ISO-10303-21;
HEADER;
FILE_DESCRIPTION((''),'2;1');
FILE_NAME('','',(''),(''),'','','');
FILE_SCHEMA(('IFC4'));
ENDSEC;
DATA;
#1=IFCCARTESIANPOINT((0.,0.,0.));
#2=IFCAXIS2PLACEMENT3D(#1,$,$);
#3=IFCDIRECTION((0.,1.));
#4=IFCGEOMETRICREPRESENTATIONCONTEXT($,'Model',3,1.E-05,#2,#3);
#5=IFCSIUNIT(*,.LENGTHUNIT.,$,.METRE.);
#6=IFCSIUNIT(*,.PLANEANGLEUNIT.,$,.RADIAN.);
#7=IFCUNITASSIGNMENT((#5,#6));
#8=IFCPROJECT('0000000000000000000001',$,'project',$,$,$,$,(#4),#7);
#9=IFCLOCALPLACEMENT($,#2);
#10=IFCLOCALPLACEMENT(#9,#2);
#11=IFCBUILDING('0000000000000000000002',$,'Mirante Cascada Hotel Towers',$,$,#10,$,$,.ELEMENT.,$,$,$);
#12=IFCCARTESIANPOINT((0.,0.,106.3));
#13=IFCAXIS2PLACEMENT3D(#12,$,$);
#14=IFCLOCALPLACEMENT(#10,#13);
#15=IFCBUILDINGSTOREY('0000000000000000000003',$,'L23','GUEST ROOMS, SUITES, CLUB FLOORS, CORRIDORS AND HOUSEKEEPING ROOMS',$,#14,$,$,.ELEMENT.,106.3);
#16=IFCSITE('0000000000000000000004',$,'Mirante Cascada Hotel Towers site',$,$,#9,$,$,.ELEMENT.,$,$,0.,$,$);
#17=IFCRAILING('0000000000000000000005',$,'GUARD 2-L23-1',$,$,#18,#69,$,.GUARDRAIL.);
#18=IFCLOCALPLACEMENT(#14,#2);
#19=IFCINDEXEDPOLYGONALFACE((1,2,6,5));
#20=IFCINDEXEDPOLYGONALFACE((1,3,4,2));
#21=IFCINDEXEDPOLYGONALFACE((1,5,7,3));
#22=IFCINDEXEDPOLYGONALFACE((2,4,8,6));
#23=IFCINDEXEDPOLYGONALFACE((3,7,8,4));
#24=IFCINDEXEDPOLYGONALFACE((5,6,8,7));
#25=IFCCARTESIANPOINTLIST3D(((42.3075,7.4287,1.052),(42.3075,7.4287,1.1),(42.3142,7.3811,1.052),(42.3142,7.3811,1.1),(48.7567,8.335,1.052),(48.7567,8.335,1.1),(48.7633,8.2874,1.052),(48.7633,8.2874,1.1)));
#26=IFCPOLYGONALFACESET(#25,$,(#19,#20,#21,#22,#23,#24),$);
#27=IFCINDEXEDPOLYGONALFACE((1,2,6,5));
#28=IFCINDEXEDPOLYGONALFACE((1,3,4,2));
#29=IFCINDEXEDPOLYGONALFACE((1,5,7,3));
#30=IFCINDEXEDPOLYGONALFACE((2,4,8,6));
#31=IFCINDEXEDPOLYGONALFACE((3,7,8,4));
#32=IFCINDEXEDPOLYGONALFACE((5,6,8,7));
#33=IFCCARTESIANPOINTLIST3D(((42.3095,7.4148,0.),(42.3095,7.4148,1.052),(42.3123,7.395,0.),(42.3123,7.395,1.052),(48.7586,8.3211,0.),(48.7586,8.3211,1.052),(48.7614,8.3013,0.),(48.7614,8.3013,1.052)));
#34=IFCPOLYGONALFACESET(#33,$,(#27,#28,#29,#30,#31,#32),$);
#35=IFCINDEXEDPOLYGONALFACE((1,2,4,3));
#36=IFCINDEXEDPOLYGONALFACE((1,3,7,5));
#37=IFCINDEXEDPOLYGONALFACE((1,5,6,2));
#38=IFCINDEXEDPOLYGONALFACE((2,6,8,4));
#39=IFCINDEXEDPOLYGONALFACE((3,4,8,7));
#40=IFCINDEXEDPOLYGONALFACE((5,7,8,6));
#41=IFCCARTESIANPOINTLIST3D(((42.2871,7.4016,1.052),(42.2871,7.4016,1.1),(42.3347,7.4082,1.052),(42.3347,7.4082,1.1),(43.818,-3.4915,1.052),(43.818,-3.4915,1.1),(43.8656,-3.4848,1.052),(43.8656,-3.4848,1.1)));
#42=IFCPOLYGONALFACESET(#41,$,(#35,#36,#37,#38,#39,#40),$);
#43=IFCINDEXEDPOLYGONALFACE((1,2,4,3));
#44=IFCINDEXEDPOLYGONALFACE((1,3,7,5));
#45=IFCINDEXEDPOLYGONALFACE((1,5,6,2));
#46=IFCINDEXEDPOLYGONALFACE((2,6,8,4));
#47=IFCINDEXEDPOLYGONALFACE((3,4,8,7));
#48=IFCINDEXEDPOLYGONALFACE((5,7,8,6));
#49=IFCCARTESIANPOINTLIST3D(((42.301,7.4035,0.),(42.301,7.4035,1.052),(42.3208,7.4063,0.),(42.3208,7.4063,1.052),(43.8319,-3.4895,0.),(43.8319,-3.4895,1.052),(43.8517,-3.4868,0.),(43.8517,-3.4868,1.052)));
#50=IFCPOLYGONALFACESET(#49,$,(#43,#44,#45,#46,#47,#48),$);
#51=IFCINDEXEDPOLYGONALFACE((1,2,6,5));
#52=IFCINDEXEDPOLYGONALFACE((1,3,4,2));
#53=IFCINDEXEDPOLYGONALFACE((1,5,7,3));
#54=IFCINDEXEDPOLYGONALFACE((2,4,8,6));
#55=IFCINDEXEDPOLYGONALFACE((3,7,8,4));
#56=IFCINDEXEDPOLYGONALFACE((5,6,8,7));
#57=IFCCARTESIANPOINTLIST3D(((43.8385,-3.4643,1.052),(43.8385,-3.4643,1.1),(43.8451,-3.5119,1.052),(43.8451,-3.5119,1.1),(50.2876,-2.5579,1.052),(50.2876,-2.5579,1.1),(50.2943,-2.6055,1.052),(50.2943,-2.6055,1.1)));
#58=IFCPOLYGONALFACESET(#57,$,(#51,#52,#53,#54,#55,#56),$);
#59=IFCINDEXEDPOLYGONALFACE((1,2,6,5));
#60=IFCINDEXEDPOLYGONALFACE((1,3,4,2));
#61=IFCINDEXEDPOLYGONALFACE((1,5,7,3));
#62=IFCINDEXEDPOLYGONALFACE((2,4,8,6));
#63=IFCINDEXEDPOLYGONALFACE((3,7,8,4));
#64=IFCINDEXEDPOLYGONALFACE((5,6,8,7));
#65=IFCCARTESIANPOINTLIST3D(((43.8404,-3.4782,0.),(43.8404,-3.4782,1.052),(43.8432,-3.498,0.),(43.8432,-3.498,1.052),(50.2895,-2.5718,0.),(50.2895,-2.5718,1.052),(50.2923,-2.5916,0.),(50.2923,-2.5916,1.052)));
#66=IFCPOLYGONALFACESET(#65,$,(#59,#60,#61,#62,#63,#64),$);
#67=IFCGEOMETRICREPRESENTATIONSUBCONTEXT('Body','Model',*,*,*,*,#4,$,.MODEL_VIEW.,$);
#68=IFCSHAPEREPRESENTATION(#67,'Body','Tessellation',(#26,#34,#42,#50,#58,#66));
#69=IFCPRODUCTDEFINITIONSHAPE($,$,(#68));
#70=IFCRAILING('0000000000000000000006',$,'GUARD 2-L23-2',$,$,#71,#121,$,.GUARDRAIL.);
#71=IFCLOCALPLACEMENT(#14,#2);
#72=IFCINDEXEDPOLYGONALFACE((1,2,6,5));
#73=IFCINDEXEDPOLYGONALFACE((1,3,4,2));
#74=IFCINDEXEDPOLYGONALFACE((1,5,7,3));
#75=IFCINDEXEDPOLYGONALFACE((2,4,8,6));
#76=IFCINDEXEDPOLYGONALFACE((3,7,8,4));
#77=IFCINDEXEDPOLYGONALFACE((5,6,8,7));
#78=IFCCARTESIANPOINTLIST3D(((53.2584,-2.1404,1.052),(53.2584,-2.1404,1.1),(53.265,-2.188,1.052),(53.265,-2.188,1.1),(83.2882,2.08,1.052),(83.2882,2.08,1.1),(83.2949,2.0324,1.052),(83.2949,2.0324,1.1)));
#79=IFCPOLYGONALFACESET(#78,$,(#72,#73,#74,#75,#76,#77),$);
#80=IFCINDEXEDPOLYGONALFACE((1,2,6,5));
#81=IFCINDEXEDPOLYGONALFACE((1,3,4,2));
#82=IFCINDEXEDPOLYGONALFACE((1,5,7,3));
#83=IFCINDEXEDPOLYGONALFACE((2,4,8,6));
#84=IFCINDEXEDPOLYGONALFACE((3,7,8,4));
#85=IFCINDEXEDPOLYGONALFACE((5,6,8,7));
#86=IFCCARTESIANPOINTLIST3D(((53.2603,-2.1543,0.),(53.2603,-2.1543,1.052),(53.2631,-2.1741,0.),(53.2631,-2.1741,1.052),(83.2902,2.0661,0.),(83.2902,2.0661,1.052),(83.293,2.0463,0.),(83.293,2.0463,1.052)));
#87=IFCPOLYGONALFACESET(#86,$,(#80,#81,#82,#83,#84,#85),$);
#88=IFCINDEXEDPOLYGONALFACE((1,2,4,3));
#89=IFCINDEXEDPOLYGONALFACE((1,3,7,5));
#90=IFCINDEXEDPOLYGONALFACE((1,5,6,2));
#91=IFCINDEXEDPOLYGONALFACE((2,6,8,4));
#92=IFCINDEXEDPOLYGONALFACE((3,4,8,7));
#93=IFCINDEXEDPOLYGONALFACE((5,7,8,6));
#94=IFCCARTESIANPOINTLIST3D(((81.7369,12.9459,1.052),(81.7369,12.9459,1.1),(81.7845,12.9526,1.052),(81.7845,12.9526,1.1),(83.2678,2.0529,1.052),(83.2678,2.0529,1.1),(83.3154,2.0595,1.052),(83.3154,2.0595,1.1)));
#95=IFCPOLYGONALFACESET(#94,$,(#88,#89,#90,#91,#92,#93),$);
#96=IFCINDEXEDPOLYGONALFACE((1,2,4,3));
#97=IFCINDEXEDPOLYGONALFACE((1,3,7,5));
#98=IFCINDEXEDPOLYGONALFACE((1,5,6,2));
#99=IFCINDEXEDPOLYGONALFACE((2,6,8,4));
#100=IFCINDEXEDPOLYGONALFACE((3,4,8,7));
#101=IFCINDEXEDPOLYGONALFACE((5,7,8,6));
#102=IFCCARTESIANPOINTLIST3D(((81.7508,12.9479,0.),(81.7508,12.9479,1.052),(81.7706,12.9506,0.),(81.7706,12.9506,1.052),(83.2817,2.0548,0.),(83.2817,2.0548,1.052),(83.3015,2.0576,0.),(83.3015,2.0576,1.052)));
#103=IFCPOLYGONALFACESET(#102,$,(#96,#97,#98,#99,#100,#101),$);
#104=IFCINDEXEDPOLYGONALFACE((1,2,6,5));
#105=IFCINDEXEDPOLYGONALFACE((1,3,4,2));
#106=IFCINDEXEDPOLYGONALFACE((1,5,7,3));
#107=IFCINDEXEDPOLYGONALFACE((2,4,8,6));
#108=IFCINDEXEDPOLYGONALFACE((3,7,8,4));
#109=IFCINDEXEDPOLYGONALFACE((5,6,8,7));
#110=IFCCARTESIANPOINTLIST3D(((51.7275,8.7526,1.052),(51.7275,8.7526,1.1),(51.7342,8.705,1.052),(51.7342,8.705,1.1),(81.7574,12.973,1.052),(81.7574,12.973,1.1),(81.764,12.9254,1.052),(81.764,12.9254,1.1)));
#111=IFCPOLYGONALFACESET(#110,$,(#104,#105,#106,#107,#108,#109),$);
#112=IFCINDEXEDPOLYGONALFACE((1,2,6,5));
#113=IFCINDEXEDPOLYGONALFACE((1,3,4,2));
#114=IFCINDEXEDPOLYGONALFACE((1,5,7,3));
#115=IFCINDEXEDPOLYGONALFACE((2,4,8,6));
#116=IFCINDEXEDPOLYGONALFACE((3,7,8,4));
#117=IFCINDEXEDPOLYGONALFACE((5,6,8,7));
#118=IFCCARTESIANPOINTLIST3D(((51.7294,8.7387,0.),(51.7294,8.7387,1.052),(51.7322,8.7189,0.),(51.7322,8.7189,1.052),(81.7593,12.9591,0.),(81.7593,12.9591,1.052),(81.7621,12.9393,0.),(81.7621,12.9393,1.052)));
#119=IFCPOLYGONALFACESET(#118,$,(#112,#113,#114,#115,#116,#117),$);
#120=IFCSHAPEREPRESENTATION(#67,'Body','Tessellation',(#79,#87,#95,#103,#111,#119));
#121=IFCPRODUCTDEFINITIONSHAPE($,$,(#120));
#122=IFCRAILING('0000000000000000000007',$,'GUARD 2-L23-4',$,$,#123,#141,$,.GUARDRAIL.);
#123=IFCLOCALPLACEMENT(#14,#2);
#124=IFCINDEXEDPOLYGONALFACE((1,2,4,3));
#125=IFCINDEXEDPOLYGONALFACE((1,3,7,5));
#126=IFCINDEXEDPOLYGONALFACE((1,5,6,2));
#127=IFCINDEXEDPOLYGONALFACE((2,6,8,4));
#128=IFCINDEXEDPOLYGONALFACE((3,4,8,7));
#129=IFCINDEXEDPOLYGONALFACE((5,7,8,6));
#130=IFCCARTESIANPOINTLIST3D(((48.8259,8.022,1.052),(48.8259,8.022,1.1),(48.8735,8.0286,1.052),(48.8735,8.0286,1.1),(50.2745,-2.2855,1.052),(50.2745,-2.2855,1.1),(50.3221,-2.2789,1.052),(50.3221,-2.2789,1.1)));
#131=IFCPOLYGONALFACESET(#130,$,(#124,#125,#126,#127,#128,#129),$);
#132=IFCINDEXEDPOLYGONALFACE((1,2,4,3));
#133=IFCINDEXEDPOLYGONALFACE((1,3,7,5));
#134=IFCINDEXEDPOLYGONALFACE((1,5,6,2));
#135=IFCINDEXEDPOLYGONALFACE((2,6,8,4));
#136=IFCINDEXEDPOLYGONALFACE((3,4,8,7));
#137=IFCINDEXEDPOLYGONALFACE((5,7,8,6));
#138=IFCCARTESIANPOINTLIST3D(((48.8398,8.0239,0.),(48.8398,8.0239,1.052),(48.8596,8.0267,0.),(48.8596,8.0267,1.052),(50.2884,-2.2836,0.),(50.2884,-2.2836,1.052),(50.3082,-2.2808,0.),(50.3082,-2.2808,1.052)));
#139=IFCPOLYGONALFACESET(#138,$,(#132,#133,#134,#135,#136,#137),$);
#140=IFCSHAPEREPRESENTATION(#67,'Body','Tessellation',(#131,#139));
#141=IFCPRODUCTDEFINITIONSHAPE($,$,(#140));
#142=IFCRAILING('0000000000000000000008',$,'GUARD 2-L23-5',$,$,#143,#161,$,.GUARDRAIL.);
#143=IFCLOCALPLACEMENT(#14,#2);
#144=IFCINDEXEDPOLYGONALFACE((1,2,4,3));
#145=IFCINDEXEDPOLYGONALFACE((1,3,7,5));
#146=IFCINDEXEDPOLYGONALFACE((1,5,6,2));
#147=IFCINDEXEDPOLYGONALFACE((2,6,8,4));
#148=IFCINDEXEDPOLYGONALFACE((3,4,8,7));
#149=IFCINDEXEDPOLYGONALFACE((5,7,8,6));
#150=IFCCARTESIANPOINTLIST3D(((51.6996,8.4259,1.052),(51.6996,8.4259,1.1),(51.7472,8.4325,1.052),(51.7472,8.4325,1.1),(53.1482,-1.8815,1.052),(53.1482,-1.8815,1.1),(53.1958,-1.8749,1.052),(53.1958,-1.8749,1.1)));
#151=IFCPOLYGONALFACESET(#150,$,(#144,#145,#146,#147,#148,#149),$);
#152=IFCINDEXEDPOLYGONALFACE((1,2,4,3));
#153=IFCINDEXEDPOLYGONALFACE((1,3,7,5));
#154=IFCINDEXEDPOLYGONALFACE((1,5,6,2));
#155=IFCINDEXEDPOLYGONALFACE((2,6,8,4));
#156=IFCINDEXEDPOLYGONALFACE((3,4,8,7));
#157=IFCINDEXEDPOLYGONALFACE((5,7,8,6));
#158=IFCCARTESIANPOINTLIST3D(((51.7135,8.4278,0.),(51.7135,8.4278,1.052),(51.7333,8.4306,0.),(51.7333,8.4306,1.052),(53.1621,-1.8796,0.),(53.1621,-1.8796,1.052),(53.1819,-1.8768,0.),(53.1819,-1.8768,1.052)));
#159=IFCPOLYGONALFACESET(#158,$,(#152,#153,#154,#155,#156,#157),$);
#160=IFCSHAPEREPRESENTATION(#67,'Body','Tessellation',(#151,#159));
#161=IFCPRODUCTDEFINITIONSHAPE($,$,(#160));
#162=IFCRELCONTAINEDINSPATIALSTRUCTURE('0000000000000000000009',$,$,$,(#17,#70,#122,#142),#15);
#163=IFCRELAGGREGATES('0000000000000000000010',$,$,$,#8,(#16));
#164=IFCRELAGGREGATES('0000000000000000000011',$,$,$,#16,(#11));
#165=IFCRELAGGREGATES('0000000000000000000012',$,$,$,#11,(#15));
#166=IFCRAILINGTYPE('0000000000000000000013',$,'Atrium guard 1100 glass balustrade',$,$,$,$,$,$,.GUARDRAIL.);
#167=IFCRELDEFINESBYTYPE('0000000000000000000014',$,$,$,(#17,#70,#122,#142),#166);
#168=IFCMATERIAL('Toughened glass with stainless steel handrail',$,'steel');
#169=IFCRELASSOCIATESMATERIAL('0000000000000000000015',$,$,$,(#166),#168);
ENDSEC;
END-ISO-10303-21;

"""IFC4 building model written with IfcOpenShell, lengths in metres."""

from ifc_helpers import new_model, si_unit, direction, frame, origin, origin_2d, place, context, subcontext, project, spatial, rectangle, extrude, material, type_object, element, save


model = new_model("IFC4")

# Units and contexts
model_context = context("Model", 3, precision=1e-05, world=origin(), true_north=direction((0.0, 1.0)))
body_context = subcontext(model_context, "Body", "Model", "MODEL_VIEW")
ifc_project = project(units=[si_unit("LENGTHUNIT", "METRE"), si_unit("PLANEANGLEUNIT", "RADIAN")], contexts=[model_context])

# Site, building, storey
site_placement = place(None, origin())
site = spatial("IfcSite", under=ifc_project, at=site_placement, Name="Mirante Cascada Hotel Towers site", CompositionType="ELEMENT", RefElevation=0.0)
building_placement = place(site_placement, origin())
building = spatial("IfcBuilding", under=site, at=building_placement, Name="Mirante Cascada Hotel Towers", CompositionType="ELEMENT")
storey_placement = place(building_placement, frame((0.0, 0.0, 106.3)))
storey = spatial("IfcBuildingStorey", under=building, at=storey_placement, Name="L23", Description="GUEST ROOMS, SUITES, CLUB FLOORS, CORRIDORS AND HOUSEKEEPING ROOMS", CompositionType="ELEMENT", Elevation=106.3)

# Railings
ifc_material_1 = material(Name="Toughened glass with stainless steel handrail", Category="steel")
railing_type = type_object("IfcRailingType", Name="Atrium guard 1100 glass balustrade", PredefinedType="GUARDRAIL", material=ifc_material_1)
railing_1_placement = place(storey_placement, frame((48.76, 8.3112, 0.0)))
element("IfcRailing", 1, at=railing_1_placement, inside=storey, type_object=railing_type, Name="GUARD 2-L23-1", PredefinedType="GUARDRAIL", context=body_context, shape_type="SweptSolid", body=[
    extrude(rectangle(XDim=0.048, YDim=0.048, at=origin_2d()), frame((0.0, 0.0, 1.076), z_axis=(-0.990269, -0.139164, 0.0), x_axis=(0.139164, -0.990269, 0.0)), (0.0, 0.0, 1.0), 6.5125),
    extrude(rectangle(XDim=0.02, YDim=1.052, at=origin_2d()), frame((0.0, 0.0, 0.526), z_axis=(-0.990269, -0.139164, 0.0), x_axis=(0.139164, -0.990269, 0.0)), (0.0, 0.0, 1.0), 6.5125),
    extrude(rectangle(XDim=0.048, YDim=0.048, at=origin_2d()), frame((-6.4491, -0.9063, 1.076), z_axis=(0.139172, -0.990268, 0.0), x_axis=(0.990268, 0.139172, 0.0)), (0.0, 0.0, 1.0), 11.0001),
    extrude(rectangle(XDim=0.02, YDim=1.052, at=origin_2d()), frame((-6.4491, -0.9063, 0.526), z_axis=(0.139172, -0.990268, 0.0), x_axis=(0.990268, 0.139172, 0.0)), (0.0, 0.0, 1.0), 11.0001),
    extrude(rectangle(XDim=0.048, YDim=0.048, at=origin_2d()), frame((-4.9182, -11.7993, 1.076), z_axis=(0.990267, 0.139179, 0.0), x_axis=(-0.139179, 0.990267, 0.0)), (0.0, 0.0, 1.0), 6.5125),
    extrude(rectangle(XDim=0.02, YDim=1.052, at=origin_2d()), frame((-4.9182, -11.7993, 0.526), z_axis=(0.990267, 0.139179, 0.0), x_axis=(-0.139179, 0.990267, 0.0)), (0.0, 0.0, 1.0), 6.5125),
])
railing_2_placement = place(storey_placement, frame((53.2617, -2.1642, 0.0)))
element("IfcRailing", 2, at=railing_2_placement, inside=storey, type_object=railing_type, Name="GUARD 2-L23-2", PredefinedType="GUARDRAIL", context=body_context, shape_type="SweptSolid", body=[
    extrude(rectangle(XDim=0.048, YDim=0.048, at=origin_2d()), frame((0.0, 0.0, 1.076), z_axis=(0.990268, 0.139172, 0.0), x_axis=(-0.139172, 0.990268, 0.0)), (0.0, 0.0, 1.0), 30.325),
    extrude(rectangle(XDim=0.02, YDim=1.052, at=origin_2d()), frame((0.0, 0.0, 0.526), z_axis=(0.990268, 0.139172, 0.0), x_axis=(-0.139172, 0.990268, 0.0)), (0.0, 0.0, 1.0), 30.325),
    extrude(rectangle(XDim=0.048, YDim=0.048, at=origin_2d()), frame((30.0299, 4.2204, 1.076), z_axis=(-0.139172, 0.990268, 0.0), x_axis=(-0.990268, -0.139172, 0.0)), (0.0, 0.0, 1.0), 11.0001),
    extrude(rectangle(XDim=0.02, YDim=1.052, at=origin_2d()), frame((30.0299, 4.2204, 0.526), z_axis=(-0.139172, 0.990268, 0.0), x_axis=(-0.990268, -0.139172, 0.0)), (0.0, 0.0, 1.0), 11.0001),
    extrude(rectangle(XDim=0.048, YDim=0.048, at=origin_2d()), frame((28.499, 15.1134, 1.076), z_axis=(-0.990268, -0.139172, 0.0), x_axis=(0.139172, -0.990268, 0.0)), (0.0, 0.0, 1.0), 30.325),
    extrude(rectangle(XDim=0.02, YDim=1.052, at=origin_2d()), frame((28.499, 15.1134, 0.526), z_axis=(-0.990268, -0.139172, 0.0), x_axis=(0.139172, -0.990268, 0.0)), (0.0, 0.0, 1.0), 30.325),
])
railing_3_placement = place(storey_placement, frame((50.2983, -2.2822, 0.0)))
element("IfcRailing", 3, at=railing_3_placement, inside=storey, type_object=railing_type, Name="GUARD 2-L23-4", PredefinedType="GUARDRAIL", context=body_context, shape_type="SweptSolid", body=[
    extrude(rectangle(XDim=0.048, YDim=0.048, at=origin_2d()), frame((0.0, 0.0, 1.076), z_axis=(-0.139171, 0.990268, 0.0), x_axis=(-0.990268, -0.139171, 0.0)), (0.0, 0.0, 1.0), 10.4088),
    extrude(rectangle(XDim=0.02, YDim=1.052, at=origin_2d()), frame((0.0, 0.0, 0.526), z_axis=(-0.139171, 0.990268, 0.0), x_axis=(-0.990268, -0.139171, 0.0)), (0.0, 0.0, 1.0), 10.4088),
])
railing_4_placement = place(storey_placement, frame((51.7234, 8.4292, 0.0)))
element("IfcRailing", 4, at=railing_4_placement, inside=storey, type_object=railing_type, Name="GUARD 2-L23-5", PredefinedType="GUARDRAIL", context=body_context, shape_type="SweptSolid", body=[
    extrude(rectangle(XDim=0.048, YDim=0.048, at=origin_2d()), frame((0.0, 0.0, 1.076), z_axis=(0.139172, -0.990268, 0.0), x_axis=(0.990268, 0.139172, 0.0)), (0.0, 0.0, 1.0), 10.4087),
    extrude(rectangle(XDim=0.02, YDim=1.052, at=origin_2d()), frame((0.0, 0.0, 0.526), z_axis=(0.139172, -0.990268, 0.0), x_axis=(0.990268, 0.139172, 0.0)), (0.0, 0.0, 1.0), 10.4087),
])

save(model, "model.ifc")
